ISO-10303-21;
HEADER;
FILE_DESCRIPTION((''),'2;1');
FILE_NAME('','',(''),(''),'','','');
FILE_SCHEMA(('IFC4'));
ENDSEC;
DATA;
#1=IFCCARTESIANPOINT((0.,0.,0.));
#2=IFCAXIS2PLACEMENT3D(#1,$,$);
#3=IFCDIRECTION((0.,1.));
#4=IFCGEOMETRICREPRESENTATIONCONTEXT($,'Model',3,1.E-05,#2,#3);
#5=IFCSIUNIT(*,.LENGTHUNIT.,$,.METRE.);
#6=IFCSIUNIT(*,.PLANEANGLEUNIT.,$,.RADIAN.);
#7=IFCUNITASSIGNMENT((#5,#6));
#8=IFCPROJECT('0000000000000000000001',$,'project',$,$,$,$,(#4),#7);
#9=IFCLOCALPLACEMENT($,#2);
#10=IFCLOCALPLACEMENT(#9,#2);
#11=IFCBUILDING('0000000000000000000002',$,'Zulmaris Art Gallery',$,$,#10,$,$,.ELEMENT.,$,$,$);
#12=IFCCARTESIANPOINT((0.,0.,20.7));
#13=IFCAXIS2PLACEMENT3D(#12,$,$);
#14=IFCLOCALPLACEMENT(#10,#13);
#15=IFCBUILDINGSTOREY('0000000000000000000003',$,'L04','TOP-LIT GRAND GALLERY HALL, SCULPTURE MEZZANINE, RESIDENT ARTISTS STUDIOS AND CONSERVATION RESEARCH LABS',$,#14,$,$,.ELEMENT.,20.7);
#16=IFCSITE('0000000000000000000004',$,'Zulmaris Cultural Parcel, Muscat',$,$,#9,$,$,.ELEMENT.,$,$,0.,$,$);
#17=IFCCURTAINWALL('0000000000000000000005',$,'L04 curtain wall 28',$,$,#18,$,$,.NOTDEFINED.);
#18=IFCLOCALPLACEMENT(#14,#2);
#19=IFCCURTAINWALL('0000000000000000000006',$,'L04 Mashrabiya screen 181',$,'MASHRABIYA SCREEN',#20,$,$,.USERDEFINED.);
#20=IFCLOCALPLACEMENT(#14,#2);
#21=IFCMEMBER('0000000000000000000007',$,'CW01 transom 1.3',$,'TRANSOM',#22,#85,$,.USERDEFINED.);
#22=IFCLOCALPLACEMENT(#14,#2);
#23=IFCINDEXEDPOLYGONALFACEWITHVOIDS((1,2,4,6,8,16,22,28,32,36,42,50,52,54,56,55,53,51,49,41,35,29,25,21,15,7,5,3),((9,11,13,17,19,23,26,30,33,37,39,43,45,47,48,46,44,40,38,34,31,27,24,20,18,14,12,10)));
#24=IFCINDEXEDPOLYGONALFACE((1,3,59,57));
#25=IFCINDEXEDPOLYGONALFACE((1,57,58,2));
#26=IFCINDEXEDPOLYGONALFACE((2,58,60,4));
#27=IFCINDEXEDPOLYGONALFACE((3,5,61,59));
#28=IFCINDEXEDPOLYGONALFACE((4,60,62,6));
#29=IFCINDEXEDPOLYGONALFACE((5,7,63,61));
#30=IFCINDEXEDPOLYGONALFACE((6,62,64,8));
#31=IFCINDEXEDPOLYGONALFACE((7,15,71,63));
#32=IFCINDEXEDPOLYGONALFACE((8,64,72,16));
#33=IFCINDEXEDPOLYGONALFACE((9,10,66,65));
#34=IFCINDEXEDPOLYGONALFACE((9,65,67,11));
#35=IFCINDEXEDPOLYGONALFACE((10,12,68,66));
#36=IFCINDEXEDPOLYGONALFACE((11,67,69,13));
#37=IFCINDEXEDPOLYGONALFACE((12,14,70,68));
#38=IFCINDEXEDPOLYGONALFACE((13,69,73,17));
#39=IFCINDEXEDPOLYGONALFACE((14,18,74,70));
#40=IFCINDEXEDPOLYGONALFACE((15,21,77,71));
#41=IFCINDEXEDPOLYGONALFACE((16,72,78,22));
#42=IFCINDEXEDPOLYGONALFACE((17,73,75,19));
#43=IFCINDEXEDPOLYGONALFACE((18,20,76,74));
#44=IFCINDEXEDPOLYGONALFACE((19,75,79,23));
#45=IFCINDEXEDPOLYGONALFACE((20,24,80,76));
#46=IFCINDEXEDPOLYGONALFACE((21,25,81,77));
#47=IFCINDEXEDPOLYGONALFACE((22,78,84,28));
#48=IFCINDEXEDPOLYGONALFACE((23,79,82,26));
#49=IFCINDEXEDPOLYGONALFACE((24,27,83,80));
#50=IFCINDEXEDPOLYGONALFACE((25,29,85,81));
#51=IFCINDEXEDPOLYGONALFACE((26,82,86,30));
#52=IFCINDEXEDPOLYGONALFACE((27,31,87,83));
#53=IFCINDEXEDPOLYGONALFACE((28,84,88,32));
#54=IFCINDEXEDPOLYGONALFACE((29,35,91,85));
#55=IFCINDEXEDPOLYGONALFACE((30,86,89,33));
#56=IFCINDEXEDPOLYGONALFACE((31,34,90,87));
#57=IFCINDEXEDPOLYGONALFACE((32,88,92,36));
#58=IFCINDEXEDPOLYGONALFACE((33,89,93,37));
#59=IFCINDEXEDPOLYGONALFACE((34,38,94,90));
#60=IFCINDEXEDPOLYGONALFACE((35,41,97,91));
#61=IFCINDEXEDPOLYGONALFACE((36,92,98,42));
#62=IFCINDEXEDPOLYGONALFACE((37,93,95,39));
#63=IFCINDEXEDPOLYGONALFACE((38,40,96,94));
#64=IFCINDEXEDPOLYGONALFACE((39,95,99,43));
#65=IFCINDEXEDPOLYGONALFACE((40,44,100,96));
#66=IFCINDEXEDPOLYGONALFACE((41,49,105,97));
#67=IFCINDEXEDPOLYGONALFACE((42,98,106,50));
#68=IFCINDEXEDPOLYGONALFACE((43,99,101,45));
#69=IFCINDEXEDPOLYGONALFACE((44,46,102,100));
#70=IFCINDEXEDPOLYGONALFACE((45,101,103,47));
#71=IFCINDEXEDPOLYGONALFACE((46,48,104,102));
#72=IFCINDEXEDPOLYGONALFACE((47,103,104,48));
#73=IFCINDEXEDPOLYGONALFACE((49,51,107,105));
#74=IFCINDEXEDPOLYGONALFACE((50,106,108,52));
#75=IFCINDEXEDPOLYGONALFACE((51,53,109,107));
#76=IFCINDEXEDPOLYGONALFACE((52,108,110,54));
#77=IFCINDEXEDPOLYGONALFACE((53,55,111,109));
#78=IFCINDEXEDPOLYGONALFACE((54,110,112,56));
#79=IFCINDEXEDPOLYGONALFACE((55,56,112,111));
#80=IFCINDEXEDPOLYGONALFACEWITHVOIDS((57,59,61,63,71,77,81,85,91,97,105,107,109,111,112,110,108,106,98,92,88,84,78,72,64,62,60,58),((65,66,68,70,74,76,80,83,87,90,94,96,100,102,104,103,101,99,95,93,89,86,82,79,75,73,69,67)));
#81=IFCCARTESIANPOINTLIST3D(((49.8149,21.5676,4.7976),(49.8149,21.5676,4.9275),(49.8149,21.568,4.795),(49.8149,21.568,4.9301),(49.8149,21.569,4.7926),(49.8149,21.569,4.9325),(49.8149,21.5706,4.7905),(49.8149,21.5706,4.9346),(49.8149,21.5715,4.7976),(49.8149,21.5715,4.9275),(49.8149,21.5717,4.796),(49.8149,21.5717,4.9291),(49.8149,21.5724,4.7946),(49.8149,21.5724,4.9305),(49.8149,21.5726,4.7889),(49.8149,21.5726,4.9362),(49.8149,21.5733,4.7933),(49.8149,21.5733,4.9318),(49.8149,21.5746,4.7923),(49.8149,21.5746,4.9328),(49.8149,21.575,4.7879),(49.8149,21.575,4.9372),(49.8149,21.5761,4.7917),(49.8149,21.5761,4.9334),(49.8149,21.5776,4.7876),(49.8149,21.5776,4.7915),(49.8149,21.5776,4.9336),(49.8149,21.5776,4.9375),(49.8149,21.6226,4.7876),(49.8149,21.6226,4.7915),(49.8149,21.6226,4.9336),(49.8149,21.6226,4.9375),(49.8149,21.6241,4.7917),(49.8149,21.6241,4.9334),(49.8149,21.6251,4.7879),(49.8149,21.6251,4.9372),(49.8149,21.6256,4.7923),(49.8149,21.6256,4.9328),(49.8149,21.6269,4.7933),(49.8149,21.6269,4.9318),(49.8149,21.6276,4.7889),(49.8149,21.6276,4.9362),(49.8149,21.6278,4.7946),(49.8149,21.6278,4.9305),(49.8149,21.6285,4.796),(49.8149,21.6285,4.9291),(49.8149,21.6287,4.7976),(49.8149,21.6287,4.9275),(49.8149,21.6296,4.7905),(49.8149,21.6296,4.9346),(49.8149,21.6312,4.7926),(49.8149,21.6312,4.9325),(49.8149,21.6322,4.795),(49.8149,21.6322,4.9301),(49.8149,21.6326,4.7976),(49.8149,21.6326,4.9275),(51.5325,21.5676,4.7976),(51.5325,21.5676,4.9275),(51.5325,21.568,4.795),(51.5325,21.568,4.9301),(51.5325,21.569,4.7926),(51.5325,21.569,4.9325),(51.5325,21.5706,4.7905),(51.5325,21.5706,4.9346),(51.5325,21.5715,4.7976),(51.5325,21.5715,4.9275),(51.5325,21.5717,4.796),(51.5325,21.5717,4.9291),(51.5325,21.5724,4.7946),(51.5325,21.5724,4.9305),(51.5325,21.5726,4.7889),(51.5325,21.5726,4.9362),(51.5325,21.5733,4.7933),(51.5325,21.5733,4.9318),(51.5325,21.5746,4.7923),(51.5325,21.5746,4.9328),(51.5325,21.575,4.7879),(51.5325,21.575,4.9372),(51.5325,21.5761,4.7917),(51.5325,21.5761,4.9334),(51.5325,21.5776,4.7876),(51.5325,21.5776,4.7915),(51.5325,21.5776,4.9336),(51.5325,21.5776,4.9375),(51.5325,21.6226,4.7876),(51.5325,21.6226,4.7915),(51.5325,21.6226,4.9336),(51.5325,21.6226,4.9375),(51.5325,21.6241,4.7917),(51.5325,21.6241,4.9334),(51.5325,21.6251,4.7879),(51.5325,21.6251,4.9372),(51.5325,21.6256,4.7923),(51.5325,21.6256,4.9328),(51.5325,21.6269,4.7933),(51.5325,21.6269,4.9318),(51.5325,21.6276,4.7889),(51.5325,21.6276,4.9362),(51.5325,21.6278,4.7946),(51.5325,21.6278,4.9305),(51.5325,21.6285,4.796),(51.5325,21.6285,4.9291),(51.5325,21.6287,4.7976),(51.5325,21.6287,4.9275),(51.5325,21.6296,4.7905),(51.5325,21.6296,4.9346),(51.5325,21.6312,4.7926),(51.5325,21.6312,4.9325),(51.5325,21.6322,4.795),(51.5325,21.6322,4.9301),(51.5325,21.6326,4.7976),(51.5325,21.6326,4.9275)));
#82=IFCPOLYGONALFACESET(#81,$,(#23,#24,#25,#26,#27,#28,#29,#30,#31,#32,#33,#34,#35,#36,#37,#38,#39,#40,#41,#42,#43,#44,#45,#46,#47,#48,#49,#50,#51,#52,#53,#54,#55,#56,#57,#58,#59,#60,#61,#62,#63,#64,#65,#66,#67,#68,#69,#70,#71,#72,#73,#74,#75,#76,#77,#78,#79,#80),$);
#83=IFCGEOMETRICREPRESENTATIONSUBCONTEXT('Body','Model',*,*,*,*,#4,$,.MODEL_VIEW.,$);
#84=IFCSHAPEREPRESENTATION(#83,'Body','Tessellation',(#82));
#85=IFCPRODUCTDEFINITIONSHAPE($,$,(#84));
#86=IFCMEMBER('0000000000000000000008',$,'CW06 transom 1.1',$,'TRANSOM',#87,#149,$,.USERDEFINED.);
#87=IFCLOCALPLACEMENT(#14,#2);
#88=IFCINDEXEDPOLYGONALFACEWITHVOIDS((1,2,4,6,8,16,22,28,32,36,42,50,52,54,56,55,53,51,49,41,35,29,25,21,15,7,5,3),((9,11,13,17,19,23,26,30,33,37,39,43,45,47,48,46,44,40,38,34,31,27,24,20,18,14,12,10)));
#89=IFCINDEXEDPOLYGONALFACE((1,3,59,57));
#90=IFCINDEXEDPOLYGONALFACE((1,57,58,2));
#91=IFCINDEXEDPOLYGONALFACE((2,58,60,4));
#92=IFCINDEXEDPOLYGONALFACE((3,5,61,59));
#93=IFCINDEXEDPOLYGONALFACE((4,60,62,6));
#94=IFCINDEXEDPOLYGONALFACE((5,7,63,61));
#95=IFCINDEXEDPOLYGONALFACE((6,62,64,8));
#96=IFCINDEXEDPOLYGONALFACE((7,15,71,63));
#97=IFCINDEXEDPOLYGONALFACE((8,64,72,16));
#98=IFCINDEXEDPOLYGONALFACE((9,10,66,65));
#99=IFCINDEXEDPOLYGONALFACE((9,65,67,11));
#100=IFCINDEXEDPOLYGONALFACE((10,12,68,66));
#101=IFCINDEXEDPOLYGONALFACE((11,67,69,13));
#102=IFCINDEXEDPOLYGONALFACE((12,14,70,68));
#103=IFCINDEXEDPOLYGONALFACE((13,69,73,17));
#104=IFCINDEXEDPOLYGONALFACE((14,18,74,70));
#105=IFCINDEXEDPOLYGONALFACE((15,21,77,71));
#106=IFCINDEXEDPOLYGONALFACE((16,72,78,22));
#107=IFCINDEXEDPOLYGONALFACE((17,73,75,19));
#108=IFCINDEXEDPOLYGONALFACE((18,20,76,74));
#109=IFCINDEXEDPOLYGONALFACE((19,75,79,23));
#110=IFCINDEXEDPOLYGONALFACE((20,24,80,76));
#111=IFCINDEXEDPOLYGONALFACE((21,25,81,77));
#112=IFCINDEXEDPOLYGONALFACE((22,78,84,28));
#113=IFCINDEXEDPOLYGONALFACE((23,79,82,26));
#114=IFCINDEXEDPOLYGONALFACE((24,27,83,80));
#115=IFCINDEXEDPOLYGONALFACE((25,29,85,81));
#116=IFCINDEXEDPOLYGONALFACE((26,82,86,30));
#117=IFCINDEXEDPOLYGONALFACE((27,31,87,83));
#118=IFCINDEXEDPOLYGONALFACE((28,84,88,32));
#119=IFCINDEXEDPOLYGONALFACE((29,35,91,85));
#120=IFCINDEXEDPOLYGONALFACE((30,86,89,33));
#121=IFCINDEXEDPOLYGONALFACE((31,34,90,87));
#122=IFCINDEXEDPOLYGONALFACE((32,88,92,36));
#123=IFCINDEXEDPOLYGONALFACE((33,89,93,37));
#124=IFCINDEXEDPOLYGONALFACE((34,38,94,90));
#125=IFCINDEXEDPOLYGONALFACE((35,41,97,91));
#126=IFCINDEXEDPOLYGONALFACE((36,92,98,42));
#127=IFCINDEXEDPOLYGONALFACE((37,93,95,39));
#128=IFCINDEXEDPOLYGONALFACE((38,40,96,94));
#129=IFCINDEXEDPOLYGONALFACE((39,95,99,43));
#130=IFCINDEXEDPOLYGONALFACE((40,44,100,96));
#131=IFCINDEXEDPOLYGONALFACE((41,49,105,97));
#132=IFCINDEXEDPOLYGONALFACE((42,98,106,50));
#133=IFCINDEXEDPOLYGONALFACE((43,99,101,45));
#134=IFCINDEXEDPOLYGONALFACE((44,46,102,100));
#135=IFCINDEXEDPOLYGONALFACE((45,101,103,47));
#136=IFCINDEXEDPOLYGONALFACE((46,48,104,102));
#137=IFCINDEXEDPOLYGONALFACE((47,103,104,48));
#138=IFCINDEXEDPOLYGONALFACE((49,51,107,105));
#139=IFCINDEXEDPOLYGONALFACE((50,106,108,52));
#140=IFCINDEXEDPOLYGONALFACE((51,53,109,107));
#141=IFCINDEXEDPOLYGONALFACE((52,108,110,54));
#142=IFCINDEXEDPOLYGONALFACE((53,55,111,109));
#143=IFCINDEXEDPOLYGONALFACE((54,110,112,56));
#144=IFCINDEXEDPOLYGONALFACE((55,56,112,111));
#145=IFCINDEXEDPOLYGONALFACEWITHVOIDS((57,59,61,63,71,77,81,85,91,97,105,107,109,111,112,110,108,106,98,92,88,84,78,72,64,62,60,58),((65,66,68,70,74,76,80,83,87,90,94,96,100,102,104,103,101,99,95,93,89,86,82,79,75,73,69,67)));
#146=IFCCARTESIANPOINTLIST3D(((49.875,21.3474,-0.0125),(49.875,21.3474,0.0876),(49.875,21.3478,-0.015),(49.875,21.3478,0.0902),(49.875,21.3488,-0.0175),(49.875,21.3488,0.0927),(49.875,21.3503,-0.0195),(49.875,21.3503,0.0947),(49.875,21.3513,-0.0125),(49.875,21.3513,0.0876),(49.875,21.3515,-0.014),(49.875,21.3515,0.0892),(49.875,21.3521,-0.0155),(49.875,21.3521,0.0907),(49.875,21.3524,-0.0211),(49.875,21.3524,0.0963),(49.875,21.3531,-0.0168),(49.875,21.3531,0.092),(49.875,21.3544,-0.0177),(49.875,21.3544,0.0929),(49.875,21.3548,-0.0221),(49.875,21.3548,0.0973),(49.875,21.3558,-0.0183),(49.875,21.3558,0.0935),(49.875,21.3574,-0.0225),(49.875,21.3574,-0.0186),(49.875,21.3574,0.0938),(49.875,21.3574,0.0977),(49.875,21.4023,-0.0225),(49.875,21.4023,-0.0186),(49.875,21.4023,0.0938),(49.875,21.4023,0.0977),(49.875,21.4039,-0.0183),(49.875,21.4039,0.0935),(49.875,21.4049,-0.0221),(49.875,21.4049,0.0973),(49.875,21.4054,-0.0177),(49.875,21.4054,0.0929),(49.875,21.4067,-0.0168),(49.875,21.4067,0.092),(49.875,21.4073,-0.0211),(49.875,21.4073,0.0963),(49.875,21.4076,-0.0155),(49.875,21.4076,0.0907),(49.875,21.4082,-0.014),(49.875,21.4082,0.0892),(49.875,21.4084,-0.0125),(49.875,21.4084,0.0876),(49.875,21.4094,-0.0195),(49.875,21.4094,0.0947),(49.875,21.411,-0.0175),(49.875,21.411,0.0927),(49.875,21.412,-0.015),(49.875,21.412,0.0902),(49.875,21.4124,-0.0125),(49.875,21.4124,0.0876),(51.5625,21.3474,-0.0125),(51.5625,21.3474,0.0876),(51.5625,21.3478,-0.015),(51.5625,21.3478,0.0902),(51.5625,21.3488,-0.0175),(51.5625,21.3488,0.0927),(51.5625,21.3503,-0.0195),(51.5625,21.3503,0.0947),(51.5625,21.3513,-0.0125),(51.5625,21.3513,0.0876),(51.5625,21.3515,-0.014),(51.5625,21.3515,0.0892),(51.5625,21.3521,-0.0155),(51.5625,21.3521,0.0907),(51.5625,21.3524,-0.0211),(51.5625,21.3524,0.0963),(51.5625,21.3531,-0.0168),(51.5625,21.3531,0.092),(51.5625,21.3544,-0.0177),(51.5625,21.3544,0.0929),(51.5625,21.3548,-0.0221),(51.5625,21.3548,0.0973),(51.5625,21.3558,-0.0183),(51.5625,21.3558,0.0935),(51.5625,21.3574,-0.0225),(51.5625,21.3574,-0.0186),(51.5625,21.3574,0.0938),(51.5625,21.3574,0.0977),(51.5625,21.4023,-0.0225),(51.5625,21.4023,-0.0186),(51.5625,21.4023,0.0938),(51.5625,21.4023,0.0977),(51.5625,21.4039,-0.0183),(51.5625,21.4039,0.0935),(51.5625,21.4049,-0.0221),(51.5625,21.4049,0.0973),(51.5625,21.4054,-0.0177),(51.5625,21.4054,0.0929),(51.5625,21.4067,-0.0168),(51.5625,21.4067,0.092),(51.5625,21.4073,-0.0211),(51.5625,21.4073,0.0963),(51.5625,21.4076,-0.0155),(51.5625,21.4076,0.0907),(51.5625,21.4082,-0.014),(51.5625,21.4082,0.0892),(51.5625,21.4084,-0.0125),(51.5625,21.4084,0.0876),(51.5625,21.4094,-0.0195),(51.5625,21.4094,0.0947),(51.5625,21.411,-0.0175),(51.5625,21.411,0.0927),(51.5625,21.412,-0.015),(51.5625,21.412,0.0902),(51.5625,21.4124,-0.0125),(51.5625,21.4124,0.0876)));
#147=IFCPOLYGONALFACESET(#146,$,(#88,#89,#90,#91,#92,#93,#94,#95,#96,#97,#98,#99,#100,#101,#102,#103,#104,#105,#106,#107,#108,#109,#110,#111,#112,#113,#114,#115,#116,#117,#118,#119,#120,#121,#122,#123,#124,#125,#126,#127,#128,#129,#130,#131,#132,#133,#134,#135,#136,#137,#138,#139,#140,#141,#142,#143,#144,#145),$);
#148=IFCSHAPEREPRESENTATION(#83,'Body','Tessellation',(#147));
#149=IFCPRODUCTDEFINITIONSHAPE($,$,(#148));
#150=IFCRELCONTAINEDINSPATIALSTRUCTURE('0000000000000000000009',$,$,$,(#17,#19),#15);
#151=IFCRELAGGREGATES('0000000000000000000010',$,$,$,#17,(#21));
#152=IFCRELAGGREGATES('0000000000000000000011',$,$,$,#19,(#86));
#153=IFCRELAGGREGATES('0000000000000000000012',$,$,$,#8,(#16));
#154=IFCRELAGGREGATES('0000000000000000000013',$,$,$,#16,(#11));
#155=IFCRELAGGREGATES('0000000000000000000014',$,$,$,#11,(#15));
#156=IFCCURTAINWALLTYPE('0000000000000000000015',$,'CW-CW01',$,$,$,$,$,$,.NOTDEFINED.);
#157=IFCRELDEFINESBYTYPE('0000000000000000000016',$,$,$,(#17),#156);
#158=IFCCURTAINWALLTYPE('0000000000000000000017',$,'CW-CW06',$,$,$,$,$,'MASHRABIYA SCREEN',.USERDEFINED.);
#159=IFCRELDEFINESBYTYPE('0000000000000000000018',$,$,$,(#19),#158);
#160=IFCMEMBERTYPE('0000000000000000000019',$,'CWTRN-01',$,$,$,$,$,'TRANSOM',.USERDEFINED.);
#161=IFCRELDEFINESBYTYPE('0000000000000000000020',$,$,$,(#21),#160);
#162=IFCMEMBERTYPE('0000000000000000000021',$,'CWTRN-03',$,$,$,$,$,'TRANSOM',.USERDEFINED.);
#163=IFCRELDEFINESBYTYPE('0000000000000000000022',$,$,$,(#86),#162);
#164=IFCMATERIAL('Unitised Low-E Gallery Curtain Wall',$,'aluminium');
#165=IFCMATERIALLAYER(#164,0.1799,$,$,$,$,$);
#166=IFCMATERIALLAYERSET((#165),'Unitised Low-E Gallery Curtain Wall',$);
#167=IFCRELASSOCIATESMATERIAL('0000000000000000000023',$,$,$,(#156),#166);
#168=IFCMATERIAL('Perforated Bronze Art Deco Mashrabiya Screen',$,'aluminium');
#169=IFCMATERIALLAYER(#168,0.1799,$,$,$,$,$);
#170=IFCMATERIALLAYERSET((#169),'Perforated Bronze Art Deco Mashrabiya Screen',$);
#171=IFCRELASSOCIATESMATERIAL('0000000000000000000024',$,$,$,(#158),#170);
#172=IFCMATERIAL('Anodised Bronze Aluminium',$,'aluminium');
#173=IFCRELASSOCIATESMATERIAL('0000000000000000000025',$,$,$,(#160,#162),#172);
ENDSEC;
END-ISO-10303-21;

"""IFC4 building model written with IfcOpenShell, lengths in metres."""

from ifc_helpers import new_model, si_unit, direction, frame, origin, origin_2d, place, context, subcontext, project, spatial, hollow_rectangle, extrude, material, layer, layer_set, material_profile, profile_set, type_object, element, aggregate, save


model = new_model("IFC4")

# Units and contexts
model_context = context("Model", 3, precision=1e-05, world=origin(), true_north=direction((0.0, 1.0)))
body_context = subcontext(model_context, "Body", "Model", "MODEL_VIEW")
ifc_project = project(units=[si_unit("LENGTHUNIT", "METRE"), si_unit("PLANEANGLEUNIT", "RADIAN")], contexts=[model_context])

# Site, building, storey
site_placement = place(None, origin())
site = spatial("IfcSite", under=ifc_project, at=site_placement, Name="Zulmaris Cultural Parcel, Muscat", CompositionType="ELEMENT", RefElevation=0.0)
building_placement = place(site_placement, origin())
building = spatial("IfcBuilding", under=site, at=building_placement, Name="Zulmaris Art Gallery", CompositionType="ELEMENT")
storey_placement = place(building_placement, frame((0.0, 0.0, 20.7)))
storey = spatial("IfcBuildingStorey", under=building, at=storey_placement, Name="L04", Description="TOP-LIT GRAND GALLERY HALL, SCULPTURE MEZZANINE, RESIDENT ARTISTS STUDIOS AND CONSERVATION RESEARCH LABS", CompositionType="ELEMENT", Elevation=20.7)

# Shared definitions
ifc_material_1 = material(Name="Unitised Low-E Gallery Curtain Wall", Category="aluminium")
ifc_layer_1 = layer(ifc_material_1, 0.1799)
ifc_layer_set_1 = layer_set([ifc_layer_1], Name="Unitised Low-E Gallery Curtain Wall")
curtain_wall_type_1 = type_object("IfcCurtainWallType", Name="CW-CW01", PredefinedType="NOTDEFINED", material=ifc_layer_set_1)
ifc_material_2 = material(Name="Anodised Bronze Aluminium", Category="aluminium")

# Curtain wall
curtain_wall_1_placement = place(storey_placement, origin())
curtain_wall_1 = element("IfcCurtainWall", 1, at=curtain_wall_1_placement, inside=storey, type_object=curtain_wall_type_1, Name="L04 curtain wall 28", PredefinedType="NOTDEFINED")

# Curtain wall
ifc_material_3 = material(Name="Perforated Bronze Art Deco Mashrabiya Screen", Category="aluminium")
ifc_layer_2 = layer(ifc_material_3, 0.1799)
ifc_layer_set_2 = layer_set([ifc_layer_2], Name="Perforated Bronze Art Deco Mashrabiya Screen")
curtain_wall_type_2 = type_object("IfcCurtainWallType", Name="CW-CW06", ElementType="MASHRABIYA SCREEN", PredefinedType="USERDEFINED", material=ifc_layer_set_2)
curtain_wall_2_placement = place(storey_placement, origin())
curtain_wall_2 = element("IfcCurtainWall", 2, at=curtain_wall_2_placement, inside=storey, type_object=curtain_wall_type_2, Name="L04 Mashrabiya screen 181", ObjectType="MASHRABIYA SCREEN", PredefinedType="USERDEFINED")

# Members
ifc_material_profile_1 = material_profile(ifc_material_2, hollow_rectangle(XDim=0.0649, YDim=0.1499, WallThickness=0.0039, InnerFilletRadius=0.0061, OuterFilletRadius=0.01, at=origin_2d()), Name="ALU 65x150x4")
ifc_profile_set_1 = profile_set([ifc_material_profile_1], Name="Anodised Bronze Aluminium")
member_type_1 = type_object("IfcMemberType", Name="CWTRN-01", ElementType="TRANSOM", PredefinedType="USERDEFINED", material=ifc_profile_set_1)
member_1_placement = place(storey_placement, frame((49.8149, 21.6001, 4.8625), z_axis=(1.0, 0.0, 0.0), x_axis=(0.0, 1.0, 0.0)))
member_1 = element("IfcMember", 3, at=member_1_placement, type_object=member_type_1, Name="CW01 transom 1.3", ObjectType="TRANSOM", PredefinedType="USERDEFINED", context=body_context, shape_type="SweptSolid", body=[
    extrude(hollow_rectangle(XDim=0.0649, YDim=0.1499, WallThickness=0.0039, InnerFilletRadius=0.0061, OuterFilletRadius=0.01, at=origin_2d()), origin(), (0.0, 0.0, 1.0), 1.7175),
])
ifc_material_profile_2 = material_profile(ifc_material_2, hollow_rectangle(XDim=0.0649, YDim=0.1201, WallThickness=0.0039, InnerFilletRadius=0.0061, OuterFilletRadius=0.01, at=origin_2d()), Name="ALU 65x120x4")
ifc_profile_set_2 = profile_set([ifc_material_profile_2], Name="Anodised Bronze Aluminium")
member_type_2 = type_object("IfcMemberType", Name="CWTRN-03", ElementType="TRANSOM", PredefinedType="USERDEFINED", material=ifc_profile_set_2)
member_2_placement = place(storey_placement, frame((49.875, 21.3799, 0.0376), z_axis=(1.0, 0.0, 0.0), x_axis=(0.0, 1.0, 0.0)))
member_2 = element("IfcMember", 4, at=member_2_placement, type_object=member_type_2, Name="CW06 transom 1.1", ObjectType="TRANSOM", PredefinedType="USERDEFINED", context=body_context, shape_type="SweptSolid", body=[
    extrude(hollow_rectangle(XDim=0.0649, YDim=0.1201, WallThickness=0.0039, InnerFilletRadius=0.0061, OuterFilletRadius=0.01, at=origin_2d()), origin(), (0.0, 0.0, 1.0), 1.6875),
])

aggregate(curtain_wall_1, [member_1])
aggregate(curtain_wall_2, [member_2])

save(model, "model.ifc")
